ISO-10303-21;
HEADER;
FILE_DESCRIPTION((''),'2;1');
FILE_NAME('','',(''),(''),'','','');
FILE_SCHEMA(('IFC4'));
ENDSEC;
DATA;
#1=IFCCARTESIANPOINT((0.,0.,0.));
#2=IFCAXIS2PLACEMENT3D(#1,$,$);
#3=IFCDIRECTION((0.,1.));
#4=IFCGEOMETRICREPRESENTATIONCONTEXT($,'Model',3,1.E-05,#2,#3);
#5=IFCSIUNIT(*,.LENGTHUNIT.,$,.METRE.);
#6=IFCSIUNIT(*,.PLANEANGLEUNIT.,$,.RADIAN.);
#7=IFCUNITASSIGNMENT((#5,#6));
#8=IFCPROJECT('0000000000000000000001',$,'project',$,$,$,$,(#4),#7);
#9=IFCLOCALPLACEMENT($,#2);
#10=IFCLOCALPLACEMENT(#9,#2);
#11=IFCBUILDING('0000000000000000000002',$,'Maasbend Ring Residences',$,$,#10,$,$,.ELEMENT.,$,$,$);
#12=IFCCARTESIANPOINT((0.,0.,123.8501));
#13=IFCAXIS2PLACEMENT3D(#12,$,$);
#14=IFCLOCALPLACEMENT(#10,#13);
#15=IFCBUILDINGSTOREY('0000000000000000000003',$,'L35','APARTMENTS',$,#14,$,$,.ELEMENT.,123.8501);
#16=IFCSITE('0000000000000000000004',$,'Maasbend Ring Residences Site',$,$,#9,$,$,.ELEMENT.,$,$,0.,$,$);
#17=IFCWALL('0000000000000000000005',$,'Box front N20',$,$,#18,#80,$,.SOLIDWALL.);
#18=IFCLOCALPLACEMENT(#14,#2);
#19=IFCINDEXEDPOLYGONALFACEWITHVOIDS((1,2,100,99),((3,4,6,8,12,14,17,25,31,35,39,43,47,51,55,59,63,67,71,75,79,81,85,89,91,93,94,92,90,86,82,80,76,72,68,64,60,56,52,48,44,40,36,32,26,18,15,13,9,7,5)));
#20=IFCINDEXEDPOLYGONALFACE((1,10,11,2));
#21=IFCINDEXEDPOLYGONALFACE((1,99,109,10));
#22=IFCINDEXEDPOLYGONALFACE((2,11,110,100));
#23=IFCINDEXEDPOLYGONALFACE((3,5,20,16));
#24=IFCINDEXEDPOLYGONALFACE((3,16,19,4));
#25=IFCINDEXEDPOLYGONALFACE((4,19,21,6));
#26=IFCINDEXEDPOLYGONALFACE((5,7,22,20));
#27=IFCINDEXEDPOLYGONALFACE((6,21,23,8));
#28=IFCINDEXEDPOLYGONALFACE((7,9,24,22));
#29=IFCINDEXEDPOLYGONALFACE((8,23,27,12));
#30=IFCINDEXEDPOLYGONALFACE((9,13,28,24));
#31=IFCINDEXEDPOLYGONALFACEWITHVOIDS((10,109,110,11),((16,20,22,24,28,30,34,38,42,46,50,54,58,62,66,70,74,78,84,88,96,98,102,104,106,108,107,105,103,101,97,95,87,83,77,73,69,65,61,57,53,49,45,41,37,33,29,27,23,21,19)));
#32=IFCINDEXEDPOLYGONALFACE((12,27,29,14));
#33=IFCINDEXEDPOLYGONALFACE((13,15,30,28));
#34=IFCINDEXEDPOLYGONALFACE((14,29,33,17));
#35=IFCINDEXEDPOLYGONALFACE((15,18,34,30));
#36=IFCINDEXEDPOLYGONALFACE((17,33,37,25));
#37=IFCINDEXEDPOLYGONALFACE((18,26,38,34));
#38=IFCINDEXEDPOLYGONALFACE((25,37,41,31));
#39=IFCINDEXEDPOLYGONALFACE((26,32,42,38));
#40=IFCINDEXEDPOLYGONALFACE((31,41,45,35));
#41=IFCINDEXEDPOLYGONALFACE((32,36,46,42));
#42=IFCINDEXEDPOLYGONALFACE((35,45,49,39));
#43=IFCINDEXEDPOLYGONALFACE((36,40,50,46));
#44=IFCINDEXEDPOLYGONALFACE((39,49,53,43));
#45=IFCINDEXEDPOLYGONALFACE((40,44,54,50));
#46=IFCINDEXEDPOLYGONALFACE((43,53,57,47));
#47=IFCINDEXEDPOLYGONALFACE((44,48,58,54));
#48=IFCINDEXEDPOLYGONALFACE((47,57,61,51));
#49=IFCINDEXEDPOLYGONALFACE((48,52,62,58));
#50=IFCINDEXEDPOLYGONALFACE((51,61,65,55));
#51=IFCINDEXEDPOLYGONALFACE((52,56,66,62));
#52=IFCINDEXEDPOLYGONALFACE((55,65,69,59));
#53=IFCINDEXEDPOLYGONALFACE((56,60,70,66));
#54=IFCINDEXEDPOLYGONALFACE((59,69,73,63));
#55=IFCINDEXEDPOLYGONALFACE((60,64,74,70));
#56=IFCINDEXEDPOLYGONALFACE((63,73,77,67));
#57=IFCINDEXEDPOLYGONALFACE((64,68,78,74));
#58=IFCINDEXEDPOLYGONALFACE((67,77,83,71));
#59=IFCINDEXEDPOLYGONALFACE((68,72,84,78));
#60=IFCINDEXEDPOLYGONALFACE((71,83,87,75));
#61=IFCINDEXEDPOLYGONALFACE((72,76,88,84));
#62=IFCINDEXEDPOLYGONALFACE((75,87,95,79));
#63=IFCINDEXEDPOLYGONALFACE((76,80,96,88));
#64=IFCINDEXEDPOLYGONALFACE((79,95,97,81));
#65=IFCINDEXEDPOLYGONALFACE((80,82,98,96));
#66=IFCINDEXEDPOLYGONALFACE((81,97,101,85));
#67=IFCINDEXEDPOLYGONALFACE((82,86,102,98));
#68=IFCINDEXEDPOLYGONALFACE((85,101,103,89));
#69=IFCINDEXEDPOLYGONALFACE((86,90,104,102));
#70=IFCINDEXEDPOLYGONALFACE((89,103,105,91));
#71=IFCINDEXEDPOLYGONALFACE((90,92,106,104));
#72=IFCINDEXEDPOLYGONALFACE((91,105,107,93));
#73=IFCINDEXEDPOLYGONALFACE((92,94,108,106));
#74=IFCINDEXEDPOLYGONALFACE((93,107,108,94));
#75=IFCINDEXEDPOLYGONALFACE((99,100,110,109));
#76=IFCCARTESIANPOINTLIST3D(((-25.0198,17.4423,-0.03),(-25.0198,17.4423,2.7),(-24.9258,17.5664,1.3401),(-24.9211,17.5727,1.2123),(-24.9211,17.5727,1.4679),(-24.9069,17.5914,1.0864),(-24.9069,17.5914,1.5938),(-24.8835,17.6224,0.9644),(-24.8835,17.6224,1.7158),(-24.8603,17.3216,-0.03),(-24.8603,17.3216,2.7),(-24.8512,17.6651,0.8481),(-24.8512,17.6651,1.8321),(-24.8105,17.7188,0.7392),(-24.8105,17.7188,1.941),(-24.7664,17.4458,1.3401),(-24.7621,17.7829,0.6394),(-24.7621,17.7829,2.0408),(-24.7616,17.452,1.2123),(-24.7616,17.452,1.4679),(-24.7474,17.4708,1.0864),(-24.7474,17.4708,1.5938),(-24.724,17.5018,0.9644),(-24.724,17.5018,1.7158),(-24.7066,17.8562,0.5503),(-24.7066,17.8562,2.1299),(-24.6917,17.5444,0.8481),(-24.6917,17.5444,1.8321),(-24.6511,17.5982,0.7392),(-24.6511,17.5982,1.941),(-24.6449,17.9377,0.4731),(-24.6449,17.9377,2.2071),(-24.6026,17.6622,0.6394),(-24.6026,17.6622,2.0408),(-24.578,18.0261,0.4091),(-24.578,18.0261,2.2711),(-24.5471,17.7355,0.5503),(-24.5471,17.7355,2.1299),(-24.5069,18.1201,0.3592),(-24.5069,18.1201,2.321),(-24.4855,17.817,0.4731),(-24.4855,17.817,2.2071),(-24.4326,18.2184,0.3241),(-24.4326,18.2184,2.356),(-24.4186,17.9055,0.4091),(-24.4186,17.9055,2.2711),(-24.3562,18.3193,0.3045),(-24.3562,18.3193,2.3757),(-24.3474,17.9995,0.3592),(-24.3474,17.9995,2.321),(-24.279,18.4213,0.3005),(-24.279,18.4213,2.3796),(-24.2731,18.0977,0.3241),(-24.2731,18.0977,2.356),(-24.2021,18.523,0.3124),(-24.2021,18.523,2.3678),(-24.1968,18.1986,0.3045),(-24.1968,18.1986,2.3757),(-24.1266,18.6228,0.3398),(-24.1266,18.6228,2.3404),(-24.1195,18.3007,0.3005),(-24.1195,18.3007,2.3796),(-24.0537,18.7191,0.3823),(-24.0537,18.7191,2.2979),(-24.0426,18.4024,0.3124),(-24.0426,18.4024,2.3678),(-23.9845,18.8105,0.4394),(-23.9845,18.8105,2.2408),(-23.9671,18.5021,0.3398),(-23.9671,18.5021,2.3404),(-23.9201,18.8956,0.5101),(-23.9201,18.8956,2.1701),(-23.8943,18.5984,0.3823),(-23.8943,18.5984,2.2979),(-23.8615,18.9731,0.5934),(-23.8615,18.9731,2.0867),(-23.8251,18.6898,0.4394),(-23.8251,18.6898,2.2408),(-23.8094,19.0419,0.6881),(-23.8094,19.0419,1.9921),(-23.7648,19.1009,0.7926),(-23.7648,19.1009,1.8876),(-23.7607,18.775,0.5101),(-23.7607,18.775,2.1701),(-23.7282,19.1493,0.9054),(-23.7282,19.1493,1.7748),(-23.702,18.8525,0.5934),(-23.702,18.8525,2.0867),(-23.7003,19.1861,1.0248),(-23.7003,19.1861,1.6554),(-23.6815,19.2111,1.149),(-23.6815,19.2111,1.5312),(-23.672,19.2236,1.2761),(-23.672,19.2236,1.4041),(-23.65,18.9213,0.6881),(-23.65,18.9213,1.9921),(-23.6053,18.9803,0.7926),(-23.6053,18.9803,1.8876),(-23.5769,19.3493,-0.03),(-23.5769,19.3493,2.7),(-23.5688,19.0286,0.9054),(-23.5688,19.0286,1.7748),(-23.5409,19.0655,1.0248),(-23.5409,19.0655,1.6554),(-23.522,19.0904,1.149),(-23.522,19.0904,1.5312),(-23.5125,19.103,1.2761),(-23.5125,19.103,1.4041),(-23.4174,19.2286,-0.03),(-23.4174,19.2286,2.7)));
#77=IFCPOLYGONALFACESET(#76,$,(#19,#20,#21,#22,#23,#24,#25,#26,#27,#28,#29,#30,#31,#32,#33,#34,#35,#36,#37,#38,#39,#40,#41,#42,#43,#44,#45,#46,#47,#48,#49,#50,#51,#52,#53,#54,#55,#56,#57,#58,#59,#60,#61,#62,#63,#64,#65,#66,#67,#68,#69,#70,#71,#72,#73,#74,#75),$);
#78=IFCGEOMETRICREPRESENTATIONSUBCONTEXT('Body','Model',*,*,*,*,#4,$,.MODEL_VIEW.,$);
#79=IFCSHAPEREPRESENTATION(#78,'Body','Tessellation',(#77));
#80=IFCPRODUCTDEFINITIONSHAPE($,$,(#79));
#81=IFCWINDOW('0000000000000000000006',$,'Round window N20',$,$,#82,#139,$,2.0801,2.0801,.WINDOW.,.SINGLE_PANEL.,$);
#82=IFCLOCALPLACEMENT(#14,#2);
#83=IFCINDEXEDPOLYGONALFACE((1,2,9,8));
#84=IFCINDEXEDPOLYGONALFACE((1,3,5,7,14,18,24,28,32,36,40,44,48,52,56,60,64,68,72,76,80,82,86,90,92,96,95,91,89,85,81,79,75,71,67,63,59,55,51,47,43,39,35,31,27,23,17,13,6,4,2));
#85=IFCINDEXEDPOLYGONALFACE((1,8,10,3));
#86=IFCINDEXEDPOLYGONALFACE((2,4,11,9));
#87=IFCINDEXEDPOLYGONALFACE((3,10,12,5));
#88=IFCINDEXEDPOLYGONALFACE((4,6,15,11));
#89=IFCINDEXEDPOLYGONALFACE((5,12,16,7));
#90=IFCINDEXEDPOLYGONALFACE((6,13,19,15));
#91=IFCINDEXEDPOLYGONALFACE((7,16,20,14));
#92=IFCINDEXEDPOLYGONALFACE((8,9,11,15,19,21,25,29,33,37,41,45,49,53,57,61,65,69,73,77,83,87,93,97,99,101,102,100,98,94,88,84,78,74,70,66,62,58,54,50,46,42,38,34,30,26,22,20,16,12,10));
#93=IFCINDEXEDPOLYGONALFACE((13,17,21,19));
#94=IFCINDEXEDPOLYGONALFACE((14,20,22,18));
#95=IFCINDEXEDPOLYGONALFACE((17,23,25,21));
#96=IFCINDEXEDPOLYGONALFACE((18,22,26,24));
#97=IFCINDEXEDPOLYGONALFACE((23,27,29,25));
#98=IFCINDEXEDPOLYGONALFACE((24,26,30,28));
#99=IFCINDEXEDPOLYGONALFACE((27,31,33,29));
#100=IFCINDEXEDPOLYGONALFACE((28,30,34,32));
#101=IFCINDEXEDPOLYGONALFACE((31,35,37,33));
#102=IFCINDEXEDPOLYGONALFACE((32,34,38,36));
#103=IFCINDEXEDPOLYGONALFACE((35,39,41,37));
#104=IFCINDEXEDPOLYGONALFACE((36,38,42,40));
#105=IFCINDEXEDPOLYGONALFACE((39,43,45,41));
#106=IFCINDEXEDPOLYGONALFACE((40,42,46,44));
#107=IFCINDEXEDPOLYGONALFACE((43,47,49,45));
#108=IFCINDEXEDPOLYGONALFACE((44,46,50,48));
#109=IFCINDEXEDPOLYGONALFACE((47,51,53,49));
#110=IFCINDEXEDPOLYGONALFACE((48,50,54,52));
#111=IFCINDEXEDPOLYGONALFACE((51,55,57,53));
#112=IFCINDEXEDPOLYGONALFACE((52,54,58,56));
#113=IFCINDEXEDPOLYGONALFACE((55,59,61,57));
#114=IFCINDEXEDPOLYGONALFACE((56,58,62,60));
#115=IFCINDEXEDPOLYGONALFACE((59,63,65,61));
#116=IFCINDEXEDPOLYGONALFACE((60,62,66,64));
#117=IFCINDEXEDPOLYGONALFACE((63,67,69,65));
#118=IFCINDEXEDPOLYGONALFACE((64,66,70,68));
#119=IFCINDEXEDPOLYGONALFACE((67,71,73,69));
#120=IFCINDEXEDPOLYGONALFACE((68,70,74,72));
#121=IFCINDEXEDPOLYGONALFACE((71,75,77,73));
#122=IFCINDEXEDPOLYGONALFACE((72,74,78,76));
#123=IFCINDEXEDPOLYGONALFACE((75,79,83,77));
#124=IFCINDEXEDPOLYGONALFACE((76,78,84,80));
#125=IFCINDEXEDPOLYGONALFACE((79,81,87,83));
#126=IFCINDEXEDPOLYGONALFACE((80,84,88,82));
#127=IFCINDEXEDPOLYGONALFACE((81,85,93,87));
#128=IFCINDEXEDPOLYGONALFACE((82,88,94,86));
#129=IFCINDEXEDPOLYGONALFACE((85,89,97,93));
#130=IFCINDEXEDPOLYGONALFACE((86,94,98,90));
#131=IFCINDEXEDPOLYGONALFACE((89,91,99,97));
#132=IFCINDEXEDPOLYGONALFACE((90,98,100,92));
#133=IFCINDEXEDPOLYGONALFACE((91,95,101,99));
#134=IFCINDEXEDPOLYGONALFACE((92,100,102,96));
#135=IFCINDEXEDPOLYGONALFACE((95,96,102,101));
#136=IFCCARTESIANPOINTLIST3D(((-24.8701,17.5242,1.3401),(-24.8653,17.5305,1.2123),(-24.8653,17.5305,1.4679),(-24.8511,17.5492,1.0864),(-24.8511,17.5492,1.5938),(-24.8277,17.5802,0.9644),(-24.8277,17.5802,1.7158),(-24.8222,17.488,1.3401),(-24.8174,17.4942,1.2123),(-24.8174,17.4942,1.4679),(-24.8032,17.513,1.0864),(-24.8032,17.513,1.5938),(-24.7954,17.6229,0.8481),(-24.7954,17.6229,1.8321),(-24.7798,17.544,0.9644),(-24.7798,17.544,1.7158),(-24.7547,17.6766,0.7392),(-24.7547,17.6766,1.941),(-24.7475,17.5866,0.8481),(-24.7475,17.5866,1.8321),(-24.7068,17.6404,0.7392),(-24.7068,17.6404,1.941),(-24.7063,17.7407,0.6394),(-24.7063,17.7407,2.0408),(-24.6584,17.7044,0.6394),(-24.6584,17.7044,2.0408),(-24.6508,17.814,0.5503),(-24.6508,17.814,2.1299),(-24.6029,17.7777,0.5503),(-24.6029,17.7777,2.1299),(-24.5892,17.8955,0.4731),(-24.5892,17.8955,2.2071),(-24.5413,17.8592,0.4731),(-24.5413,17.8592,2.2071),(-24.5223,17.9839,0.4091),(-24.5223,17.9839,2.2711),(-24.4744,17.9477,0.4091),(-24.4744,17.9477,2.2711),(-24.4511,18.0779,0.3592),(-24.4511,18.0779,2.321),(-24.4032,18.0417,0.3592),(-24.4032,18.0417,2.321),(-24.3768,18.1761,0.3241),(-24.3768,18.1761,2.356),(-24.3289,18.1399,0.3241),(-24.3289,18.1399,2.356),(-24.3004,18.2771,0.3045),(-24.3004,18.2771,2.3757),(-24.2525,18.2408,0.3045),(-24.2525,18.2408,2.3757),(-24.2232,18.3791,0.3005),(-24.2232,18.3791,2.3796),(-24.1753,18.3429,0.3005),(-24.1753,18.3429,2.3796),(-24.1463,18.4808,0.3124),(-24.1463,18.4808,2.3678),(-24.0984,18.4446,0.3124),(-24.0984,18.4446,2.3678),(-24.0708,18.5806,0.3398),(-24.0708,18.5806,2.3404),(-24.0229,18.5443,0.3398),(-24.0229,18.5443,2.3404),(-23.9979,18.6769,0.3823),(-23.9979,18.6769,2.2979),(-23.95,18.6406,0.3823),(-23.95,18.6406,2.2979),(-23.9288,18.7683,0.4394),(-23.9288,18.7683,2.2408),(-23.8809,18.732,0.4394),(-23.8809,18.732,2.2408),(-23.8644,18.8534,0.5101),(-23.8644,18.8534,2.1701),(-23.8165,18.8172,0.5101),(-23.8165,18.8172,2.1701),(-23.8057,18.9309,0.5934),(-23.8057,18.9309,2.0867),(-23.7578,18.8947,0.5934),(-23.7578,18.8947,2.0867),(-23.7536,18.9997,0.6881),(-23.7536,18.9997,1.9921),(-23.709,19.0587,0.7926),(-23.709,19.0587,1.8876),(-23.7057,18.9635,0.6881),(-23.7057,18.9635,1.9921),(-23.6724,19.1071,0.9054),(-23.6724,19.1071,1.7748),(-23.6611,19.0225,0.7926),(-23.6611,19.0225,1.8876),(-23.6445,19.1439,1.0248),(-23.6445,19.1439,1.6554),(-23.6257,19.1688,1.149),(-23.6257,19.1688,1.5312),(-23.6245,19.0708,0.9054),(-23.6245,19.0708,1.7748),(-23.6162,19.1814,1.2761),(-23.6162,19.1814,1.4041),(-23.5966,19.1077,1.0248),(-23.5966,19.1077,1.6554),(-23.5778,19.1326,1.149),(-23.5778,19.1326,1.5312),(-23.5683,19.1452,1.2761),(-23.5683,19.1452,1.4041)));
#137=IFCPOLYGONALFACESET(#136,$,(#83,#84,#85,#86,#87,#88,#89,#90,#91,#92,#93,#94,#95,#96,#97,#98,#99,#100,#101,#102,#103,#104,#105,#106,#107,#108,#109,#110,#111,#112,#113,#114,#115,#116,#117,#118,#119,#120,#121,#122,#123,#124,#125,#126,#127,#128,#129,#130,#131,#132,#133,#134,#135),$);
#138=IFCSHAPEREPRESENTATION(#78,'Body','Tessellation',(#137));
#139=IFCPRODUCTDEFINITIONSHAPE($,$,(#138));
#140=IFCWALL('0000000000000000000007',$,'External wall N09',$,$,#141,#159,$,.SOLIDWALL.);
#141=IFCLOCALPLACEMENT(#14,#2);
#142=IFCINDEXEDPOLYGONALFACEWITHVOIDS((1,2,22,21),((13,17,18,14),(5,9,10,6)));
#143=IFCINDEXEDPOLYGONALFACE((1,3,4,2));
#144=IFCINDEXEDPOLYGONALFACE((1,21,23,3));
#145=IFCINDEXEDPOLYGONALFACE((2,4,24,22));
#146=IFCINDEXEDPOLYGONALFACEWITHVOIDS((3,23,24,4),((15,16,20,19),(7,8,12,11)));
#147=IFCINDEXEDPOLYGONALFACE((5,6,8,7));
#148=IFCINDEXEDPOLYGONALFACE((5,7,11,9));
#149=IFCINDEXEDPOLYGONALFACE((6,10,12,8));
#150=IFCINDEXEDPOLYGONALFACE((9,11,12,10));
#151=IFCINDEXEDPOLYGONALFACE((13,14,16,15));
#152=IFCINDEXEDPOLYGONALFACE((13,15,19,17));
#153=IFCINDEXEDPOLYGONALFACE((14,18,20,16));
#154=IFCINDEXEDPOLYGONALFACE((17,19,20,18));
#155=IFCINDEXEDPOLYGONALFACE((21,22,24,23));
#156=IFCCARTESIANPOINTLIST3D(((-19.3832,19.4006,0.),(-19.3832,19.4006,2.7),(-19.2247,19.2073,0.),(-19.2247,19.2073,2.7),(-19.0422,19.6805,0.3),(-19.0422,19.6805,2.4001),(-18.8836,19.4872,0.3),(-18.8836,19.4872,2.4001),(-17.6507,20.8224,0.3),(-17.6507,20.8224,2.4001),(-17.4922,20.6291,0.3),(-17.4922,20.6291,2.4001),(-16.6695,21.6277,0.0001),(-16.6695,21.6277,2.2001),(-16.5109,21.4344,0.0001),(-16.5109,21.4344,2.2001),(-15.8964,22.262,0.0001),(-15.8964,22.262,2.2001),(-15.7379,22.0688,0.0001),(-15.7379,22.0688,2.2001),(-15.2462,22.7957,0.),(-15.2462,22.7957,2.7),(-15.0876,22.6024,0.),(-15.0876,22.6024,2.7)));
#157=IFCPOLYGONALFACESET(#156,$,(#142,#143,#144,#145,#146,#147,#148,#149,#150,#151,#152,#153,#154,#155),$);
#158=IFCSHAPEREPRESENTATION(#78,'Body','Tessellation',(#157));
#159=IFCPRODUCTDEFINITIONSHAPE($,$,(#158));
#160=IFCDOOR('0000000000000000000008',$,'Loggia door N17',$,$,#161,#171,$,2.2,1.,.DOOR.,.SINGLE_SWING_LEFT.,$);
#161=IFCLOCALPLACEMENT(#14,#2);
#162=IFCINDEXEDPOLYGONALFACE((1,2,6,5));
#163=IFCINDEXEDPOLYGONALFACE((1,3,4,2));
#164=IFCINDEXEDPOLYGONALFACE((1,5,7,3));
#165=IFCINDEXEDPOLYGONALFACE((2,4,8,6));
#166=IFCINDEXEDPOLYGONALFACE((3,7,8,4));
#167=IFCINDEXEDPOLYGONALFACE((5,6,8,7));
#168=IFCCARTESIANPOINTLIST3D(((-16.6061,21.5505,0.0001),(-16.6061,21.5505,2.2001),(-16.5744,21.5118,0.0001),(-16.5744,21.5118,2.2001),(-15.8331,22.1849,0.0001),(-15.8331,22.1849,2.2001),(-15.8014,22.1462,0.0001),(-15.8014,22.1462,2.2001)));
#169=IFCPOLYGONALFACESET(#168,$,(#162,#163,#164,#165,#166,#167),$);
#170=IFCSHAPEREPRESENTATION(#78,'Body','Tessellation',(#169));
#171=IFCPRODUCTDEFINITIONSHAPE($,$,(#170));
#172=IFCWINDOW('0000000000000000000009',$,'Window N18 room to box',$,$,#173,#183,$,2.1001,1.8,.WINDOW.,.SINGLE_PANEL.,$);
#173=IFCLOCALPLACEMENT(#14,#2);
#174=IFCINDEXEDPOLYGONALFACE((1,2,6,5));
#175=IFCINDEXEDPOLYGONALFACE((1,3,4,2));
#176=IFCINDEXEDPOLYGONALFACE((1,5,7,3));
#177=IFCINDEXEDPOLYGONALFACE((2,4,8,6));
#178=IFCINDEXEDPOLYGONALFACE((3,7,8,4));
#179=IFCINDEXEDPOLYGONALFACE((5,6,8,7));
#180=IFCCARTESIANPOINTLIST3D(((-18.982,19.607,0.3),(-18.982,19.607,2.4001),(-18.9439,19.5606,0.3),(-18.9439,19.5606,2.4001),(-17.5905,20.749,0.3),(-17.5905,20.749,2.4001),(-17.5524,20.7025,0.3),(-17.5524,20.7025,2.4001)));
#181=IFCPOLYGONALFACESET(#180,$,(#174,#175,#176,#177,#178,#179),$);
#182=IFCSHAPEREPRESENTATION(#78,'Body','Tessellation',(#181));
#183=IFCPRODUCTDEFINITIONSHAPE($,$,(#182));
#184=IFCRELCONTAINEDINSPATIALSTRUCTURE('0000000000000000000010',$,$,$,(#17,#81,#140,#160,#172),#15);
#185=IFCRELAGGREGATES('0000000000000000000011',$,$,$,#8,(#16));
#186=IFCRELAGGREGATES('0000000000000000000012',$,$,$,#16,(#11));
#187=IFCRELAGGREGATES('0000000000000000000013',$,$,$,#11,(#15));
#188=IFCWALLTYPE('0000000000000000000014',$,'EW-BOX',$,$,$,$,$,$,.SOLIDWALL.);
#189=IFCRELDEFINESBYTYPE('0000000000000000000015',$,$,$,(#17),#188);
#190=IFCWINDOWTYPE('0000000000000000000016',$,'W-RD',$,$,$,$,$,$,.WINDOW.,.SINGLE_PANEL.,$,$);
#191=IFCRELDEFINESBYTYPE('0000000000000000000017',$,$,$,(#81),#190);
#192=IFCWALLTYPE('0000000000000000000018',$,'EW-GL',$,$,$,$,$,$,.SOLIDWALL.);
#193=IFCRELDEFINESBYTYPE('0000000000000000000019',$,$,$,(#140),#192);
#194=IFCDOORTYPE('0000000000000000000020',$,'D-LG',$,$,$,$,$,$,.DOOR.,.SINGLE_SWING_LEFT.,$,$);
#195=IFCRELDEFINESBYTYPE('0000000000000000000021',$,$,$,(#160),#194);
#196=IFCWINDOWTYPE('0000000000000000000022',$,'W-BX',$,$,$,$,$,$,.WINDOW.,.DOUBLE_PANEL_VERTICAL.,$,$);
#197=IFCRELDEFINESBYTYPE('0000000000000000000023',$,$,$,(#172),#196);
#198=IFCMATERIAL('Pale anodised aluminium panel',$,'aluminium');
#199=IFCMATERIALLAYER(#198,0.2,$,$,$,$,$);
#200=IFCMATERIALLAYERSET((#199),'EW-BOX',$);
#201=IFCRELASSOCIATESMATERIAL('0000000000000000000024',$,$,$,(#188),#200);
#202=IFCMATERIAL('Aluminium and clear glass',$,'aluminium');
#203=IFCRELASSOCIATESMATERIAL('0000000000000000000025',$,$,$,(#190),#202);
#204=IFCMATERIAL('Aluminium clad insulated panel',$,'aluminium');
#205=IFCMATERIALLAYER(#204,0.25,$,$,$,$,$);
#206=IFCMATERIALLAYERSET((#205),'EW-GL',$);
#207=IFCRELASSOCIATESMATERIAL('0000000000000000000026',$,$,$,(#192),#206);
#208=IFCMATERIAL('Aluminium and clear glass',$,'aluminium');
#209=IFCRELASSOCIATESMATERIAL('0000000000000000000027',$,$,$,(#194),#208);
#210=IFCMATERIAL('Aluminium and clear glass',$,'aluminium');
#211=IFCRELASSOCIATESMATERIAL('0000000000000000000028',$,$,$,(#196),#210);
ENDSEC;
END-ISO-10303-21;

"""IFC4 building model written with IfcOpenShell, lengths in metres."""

from ifc_helpers import new_model, si_unit, direction, frame, frame_2d, origin, place, context, subcontext, project, spatial, rectangle, circle, extrude, material, layer, layer_set, type_object, element, fill, save


model = new_model("IFC4")

# Units and contexts
model_context = context("Model", 3, precision=1e-05, world=origin(), true_north=direction((0.0, 1.0)))
body_context = subcontext(model_context, "Body", "Model", "MODEL_VIEW")
ifc_project = project(units=[si_unit("LENGTHUNIT", "METRE"), si_unit("PLANEANGLEUNIT", "RADIAN")], contexts=[model_context])

# Site, building, storey
site_placement = place(None, origin())
site = spatial("IfcSite", under=ifc_project, at=site_placement, Name="Maasbend Ring Residences Site", CompositionType="ELEMENT", RefElevation=0.0)
building_placement = place(site_placement, origin())
building = spatial("IfcBuilding", under=site, at=building_placement, Name="Maasbend Ring Residences", CompositionType="ELEMENT")
storey_placement = place(building_placement, frame((0.0, 0.0, 123.8501)))
storey = spatial("IfcBuildingStorey", under=building, at=storey_placement, Name="L35", Description="APARTMENTS", CompositionType="ELEMENT", Elevation=123.8501)

# Shared definitions
ifc_material_1 = material(Name="Pale anodised aluminium panel", Category="aluminium")
ifc_layer_1 = layer(ifc_material_1, 0.2)
ifc_layer_set_1 = layer_set([ifc_layer_1], Name="EW-BOX")
wall_type_1 = type_object("IfcWallType", Name="EW-BOX", PredefinedType="SOLIDWALL", material=ifc_layer_set_1)
ifc_material_2 = material(Name="Aluminium and clear glass", Category="aluminium")
window_type_1 = type_object("IfcWindowType", Name="W-RD", PartitioningType="SINGLE_PANEL", PredefinedType="WINDOW", material=ifc_material_2)

# Wall, opening, window
wall_1_placement = place(storey_placement, frame((-23.4971, 19.2891, -0.03), z_axis=(0.0, 0.0, 1.0), x_axis=(-0.603376, -0.797457, 0.0)))
wall_1 = element("IfcWall", 1, at=wall_1_placement, inside=storey, type_object=wall_type_1, Name="Box front N20", PredefinedType="SOLIDWALL", context=body_context, shape_type="SweptSolid", body=[
    extrude(rectangle(XDim=2.3914, YDim=0.2, at=frame_2d((1.1958, 0.0))), origin(), (0.0, 0.0, 1.0), 2.73),
])
opening_1_placement = place(wall_1_placement, frame((0.1558, 0.0, 0.3301)))
opening_1 = element("IfcOpeningElement", 2, at=opening_1_placement, cuts=wall_1, PredefinedType="OPENING", context=body_context, shape_type="SweptSolid", body=[
    extrude(circle(Radius=1.04, at=frame_2d((1.04, 1.04))), frame((0.0, 0.1099, 0.0), z_axis=(0.0, -1.0, 0.0), x_axis=(1.0, 0.0, 0.0)), (0.0, 0.0, 1.0), 0.22),
])
window_1_placement = place(opening_1_placement, origin())
window_1 = element("IfcWindow", 3, at=window_1_placement, inside=storey, type_object=window_type_1, Name="Round window N20", OverallHeight=2.0801, OverallWidth=2.0801, PartitioningType="SINGLE_PANEL", PredefinedType="WINDOW", context=body_context, shape_type="SweptSolid", body=[
    extrude(circle(Radius=1.04, at=frame_2d((1.04, 1.04))), frame((0.0, 0.03, 0.0), z_axis=(0.0, -1.0, 0.0), x_axis=(1.0, 0.0, 0.0)), (0.0, 0.0, 1.0), 0.0601),
])
fill(opening_1, window_1)

# Wall, openings, door, window
ifc_material_3 = material(Name="Aluminium clad insulated panel", Category="aluminium")
ifc_layer_2 = layer(ifc_material_3, 0.25)
ifc_layer_set_2 = layer_set([ifc_layer_2], Name="EW-GL")
wall_type_2 = type_object("IfcWallType", Name="EW-GL", PredefinedType="SOLIDWALL", material=ifc_layer_set_2)
wall_2_placement = place(storey_placement, frame((-15.167, 22.699, 0.0), z_axis=(0.0, 0.0, 1.0), x_axis=(-0.773019, -0.634382, 0.0)))
wall_2 = element("IfcWall", 4, at=wall_2_placement, inside=storey, type_object=wall_type_2, Name="External wall N09", PredefinedType="SOLIDWALL", context=body_context, shape_type="SweptSolid", body=[
    extrude(rectangle(XDim=5.3518, YDim=0.25, at=frame_2d((2.6758, 0.0))), origin(), (0.0, 0.0, 1.0), 2.7),
])
opening_2_placement = place(wall_2_placement, frame((0.8411, 0.0, 0.0)))
opening_2 = element("IfcOpeningElement", 5, at=opening_2_placement, cuts=wall_2, PredefinedType="OPENING", context=body_context, shape_type="SweptSolid", body=[
    extrude(rectangle(XDim=1.0, YDim=2.2, at=frame_2d((0.5, 1.1001))), frame((0.0, 0.135, 0.0), z_axis=(0.0, -1.0, 0.0), x_axis=(1.0, 0.0, 0.0)), (0.0, 0.0, 1.0), 0.27),
])
opening_3_placement = place(wall_2_placement, frame((3.1106, 0.0, 0.3)))
opening_3 = element("IfcOpeningElement", 6, at=opening_3_placement, cuts=wall_2, PredefinedType="OPENING", context=body_context, shape_type="SweptSolid", body=[
    extrude(rectangle(XDim=1.8, YDim=2.1001, at=frame_2d((0.8999, 1.05))), frame((0.0, 0.135, 0.0), z_axis=(0.0, -1.0, 0.0), x_axis=(1.0, 0.0, 0.0)), (0.0, 0.0, 1.0), 0.27),
])
ifc_material_4 = material(Name="Aluminium and clear glass", Category="aluminium")
door_type_1 = type_object("IfcDoorType", Name="D-LG", OperationType="SINGLE_SWING_LEFT", PredefinedType="DOOR", material=ifc_material_4)
door_1_placement = place(opening_2_placement, origin())
door_1 = element("IfcDoor", 7, at=door_1_placement, inside=storey, type_object=door_type_1, Name="Loggia door N17", OperationType="SINGLE_SWING_LEFT", OverallHeight=2.2, OverallWidth=1.0, PredefinedType="DOOR", context=body_context, shape_type="SweptSolid", body=[
    extrude(rectangle(XDim=1.0, YDim=2.2, at=frame_2d((0.5, 1.1001))), frame((0.0, 0.0249, 0.0), z_axis=(0.0, -1.0, 0.0), x_axis=(1.0, 0.0, 0.0)), (0.0, 0.0, 1.0), 0.05),
])
fill(opening_2, door_1)
ifc_material_5 = material(Name="Aluminium and clear glass", Category="aluminium")
window_type_2 = type_object("IfcWindowType", Name="W-BX", PartitioningType="DOUBLE_PANEL_VERTICAL", PredefinedType="WINDOW", material=ifc_material_5)
window_2_placement = place(opening_3_placement, origin())
window_2 = element("IfcWindow", 8, at=window_2_placement, inside=storey, type_object=window_type_2, Name="Window N18 room to box", OverallHeight=2.1001, OverallWidth=1.8, PartitioningType="SINGLE_PANEL", PredefinedType="WINDOW", context=body_context, shape_type="SweptSolid", body=[
    extrude(rectangle(XDim=1.8, YDim=2.1001, at=frame_2d((0.8999, 1.05))), frame((0.0, 0.03, 0.0), z_axis=(0.0, -1.0, 0.0), x_axis=(1.0, 0.0, 0.0)), (0.0, 0.0, 1.0), 0.0601),
])
fill(opening_3, window_2)

save(model, "model.ifc")
